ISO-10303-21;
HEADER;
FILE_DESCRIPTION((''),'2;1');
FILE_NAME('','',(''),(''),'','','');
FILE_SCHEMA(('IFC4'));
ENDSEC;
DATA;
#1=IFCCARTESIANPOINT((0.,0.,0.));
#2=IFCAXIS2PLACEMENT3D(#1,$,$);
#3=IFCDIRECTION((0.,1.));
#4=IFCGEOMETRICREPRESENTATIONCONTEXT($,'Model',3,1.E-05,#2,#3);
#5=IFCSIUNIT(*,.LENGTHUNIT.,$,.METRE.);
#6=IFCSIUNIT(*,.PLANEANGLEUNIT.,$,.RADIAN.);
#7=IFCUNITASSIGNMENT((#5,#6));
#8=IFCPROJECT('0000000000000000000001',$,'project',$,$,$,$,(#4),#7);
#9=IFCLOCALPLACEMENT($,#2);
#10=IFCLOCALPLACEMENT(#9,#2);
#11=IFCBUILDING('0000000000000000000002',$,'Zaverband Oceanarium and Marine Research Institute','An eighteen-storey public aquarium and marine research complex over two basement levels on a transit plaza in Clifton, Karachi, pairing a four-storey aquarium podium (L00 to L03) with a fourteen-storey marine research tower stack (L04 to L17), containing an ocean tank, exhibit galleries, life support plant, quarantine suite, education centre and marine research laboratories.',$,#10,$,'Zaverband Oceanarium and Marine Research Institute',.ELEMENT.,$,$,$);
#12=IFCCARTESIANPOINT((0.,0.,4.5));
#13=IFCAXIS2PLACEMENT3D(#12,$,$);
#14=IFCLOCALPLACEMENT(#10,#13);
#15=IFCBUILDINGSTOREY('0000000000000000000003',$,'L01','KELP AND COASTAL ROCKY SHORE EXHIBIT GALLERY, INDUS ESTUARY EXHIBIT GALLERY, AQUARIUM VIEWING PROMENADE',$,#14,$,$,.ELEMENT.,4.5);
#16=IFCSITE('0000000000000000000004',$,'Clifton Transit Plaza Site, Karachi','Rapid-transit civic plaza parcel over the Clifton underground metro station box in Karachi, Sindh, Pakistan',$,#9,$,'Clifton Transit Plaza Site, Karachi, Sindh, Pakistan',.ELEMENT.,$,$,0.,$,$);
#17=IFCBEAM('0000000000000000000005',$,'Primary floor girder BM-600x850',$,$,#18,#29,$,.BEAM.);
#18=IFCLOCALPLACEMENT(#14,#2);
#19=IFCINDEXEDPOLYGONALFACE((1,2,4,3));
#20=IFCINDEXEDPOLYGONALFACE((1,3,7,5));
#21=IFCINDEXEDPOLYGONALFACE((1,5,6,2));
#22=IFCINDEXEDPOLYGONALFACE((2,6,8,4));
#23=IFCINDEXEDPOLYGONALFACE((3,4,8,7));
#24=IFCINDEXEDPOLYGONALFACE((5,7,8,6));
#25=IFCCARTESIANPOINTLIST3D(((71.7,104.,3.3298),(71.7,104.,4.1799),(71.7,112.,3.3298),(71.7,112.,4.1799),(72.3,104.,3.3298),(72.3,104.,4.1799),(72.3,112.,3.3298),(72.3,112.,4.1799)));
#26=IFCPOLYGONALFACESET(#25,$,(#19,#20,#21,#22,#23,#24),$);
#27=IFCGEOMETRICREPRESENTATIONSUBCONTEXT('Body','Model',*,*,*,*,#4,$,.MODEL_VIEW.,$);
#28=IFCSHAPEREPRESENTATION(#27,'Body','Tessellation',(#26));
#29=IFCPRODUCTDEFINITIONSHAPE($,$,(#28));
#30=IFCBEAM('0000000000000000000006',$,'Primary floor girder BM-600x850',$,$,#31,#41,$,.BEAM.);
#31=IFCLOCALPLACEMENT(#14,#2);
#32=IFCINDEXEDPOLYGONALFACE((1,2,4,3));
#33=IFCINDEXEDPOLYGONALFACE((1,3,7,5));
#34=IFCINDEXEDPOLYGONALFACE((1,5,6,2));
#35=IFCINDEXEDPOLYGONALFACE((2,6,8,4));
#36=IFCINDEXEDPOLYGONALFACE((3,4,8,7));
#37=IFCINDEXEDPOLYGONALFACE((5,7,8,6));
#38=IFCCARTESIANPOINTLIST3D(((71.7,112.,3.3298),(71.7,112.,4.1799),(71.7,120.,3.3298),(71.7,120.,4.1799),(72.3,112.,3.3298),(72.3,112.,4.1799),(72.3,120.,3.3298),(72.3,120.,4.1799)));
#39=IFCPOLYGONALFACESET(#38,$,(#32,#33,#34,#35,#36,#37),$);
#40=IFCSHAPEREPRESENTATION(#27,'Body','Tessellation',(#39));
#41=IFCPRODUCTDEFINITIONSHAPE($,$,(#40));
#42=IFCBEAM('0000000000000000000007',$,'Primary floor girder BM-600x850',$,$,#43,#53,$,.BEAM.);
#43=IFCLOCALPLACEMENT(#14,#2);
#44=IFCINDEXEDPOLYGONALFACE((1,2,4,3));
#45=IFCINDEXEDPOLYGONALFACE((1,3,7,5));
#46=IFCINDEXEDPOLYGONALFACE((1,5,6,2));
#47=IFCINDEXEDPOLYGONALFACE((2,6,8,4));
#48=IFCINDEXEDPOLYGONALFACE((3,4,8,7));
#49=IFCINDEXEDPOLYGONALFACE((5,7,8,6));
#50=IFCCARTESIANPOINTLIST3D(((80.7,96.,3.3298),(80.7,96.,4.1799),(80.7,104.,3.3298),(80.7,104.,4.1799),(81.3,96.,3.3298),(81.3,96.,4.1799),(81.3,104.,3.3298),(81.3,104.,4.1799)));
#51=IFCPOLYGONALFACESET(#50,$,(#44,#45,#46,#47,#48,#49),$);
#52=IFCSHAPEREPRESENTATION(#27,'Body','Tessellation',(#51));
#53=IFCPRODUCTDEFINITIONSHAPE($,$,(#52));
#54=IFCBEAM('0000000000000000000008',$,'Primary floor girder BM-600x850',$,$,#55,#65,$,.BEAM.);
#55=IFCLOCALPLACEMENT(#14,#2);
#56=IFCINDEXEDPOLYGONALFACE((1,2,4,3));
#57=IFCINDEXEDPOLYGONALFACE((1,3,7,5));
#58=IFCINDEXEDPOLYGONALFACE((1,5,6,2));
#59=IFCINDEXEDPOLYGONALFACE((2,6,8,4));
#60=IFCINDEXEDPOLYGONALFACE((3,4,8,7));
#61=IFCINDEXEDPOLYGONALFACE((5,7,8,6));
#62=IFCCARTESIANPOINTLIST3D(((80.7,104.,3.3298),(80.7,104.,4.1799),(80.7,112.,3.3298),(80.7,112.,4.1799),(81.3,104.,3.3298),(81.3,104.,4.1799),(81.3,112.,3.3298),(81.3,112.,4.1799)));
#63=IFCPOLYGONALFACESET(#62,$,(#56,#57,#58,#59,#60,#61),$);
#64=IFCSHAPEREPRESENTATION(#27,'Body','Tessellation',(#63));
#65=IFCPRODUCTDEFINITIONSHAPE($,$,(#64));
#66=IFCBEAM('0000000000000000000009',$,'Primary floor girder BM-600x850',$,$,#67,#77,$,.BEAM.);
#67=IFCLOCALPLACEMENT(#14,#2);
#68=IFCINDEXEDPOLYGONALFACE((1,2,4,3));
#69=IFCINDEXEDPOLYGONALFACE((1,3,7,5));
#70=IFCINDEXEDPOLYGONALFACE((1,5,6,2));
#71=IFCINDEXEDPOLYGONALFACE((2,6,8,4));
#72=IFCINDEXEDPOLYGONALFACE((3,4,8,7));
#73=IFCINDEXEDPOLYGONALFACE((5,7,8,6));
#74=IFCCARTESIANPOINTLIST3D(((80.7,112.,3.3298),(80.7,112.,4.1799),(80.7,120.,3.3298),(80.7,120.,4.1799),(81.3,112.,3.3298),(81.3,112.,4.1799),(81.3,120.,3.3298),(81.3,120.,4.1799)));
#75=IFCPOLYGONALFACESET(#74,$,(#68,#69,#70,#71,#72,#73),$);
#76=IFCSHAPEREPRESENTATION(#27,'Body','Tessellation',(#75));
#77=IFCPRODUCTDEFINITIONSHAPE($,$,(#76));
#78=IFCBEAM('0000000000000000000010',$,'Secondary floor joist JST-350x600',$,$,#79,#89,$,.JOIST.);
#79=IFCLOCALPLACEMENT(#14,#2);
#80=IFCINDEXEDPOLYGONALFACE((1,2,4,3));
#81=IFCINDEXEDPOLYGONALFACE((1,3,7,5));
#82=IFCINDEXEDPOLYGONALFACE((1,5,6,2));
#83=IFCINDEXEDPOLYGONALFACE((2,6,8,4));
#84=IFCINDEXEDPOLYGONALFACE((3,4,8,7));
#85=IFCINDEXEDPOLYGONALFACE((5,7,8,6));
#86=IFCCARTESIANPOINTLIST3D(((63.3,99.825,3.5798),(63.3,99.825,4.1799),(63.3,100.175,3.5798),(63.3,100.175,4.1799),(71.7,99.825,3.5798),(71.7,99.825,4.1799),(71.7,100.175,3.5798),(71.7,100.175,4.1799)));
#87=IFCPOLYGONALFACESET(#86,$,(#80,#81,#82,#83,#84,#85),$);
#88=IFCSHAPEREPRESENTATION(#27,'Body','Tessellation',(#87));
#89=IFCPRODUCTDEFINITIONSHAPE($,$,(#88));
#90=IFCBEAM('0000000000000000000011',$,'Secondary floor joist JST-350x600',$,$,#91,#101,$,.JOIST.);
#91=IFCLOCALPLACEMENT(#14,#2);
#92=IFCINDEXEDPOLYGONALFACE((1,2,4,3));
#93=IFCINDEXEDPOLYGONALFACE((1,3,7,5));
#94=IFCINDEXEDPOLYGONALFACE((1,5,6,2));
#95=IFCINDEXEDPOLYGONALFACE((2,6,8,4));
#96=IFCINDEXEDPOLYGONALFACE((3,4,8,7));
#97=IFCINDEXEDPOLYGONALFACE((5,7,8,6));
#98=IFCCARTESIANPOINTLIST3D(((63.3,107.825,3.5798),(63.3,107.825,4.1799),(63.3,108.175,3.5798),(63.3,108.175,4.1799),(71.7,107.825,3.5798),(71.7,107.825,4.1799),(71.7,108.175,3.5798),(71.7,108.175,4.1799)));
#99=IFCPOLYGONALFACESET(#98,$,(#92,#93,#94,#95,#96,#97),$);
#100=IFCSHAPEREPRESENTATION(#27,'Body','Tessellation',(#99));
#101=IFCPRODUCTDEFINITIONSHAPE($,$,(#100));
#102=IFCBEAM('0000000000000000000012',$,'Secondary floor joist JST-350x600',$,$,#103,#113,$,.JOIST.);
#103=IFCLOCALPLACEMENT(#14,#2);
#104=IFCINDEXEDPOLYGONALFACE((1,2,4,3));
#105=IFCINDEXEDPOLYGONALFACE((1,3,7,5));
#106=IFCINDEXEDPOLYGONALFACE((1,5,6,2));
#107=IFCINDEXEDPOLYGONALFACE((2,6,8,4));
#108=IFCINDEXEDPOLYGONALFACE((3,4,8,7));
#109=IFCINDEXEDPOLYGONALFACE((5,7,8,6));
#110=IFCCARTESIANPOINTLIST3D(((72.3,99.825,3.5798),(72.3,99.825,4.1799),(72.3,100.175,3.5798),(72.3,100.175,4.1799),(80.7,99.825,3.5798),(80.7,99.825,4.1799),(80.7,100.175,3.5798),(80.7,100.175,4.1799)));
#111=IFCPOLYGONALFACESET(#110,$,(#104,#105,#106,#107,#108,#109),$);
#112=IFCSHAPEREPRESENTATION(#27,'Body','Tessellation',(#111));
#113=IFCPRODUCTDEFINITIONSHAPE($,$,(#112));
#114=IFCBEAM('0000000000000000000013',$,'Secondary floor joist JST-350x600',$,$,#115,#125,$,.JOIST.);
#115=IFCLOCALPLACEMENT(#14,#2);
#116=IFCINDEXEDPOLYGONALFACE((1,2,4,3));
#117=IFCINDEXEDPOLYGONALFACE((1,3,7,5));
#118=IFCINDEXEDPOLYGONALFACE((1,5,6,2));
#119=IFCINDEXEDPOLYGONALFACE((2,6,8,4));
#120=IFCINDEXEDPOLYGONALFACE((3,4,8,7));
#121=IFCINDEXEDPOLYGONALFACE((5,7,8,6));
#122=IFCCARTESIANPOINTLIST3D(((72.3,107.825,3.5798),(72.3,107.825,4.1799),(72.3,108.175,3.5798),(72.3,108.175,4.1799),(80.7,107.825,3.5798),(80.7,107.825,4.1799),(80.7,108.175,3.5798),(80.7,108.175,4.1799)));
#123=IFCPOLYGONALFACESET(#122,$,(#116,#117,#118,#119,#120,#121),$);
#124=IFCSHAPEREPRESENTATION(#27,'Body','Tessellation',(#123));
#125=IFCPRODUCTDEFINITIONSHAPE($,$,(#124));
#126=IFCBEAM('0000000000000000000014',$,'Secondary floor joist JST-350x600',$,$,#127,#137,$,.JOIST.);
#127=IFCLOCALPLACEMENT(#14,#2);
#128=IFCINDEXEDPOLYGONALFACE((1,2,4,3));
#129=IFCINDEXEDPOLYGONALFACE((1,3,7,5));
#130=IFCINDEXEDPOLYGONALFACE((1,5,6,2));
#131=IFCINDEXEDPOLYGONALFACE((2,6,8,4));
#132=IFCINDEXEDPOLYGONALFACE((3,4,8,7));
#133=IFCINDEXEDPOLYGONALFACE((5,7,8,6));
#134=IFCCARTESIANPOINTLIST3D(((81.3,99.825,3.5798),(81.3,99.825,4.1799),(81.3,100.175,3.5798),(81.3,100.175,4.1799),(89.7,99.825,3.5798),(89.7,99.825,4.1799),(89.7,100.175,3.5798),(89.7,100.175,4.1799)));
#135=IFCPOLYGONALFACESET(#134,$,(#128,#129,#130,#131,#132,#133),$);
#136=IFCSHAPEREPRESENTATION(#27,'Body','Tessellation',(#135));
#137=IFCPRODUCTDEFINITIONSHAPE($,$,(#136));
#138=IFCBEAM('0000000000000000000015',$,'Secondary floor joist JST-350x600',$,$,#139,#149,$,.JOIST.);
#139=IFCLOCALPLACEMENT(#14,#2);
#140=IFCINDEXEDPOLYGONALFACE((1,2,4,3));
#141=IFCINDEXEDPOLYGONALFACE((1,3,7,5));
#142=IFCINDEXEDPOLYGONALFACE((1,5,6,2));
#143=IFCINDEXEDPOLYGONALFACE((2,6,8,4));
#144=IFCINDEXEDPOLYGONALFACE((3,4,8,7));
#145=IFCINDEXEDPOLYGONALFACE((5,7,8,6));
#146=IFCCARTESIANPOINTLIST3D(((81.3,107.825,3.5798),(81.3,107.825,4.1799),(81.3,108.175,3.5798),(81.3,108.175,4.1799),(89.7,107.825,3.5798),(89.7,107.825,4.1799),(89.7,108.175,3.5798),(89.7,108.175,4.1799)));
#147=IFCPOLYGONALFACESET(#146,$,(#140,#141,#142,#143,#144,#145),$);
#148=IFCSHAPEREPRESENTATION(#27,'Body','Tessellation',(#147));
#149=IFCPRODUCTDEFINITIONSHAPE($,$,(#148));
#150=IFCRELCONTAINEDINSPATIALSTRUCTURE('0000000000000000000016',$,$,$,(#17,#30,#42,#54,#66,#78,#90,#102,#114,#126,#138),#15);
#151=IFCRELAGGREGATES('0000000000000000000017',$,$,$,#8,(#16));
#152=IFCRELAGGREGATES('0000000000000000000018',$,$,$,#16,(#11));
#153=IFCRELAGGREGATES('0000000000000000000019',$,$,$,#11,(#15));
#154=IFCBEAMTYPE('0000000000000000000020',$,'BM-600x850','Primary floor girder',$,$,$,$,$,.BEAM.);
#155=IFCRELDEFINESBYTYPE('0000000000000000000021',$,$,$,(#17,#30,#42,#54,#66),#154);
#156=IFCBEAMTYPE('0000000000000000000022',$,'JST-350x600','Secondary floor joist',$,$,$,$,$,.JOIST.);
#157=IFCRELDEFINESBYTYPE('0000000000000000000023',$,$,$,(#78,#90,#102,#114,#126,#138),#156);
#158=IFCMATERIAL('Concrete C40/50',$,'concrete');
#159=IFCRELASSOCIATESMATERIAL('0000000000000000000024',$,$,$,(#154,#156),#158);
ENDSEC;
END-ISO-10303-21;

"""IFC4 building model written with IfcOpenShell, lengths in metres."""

from ifc_helpers import new_model, si_unit, direction, frame, origin, origin_2d, place, context, subcontext, project, spatial, rectangle, extrude, material, material_profile, profile_set, type_object, element, save


model = new_model("IFC4")

# Units and contexts
model_context = context("Model", 3, precision=1e-05, world=origin(), true_north=direction((0.0, 1.0)))
body_context = subcontext(model_context, "Body", "Model", "MODEL_VIEW")
ifc_project = project(units=[si_unit("LENGTHUNIT", "METRE"), si_unit("PLANEANGLEUNIT", "RADIAN")], contexts=[model_context])

# Site, building, storey
site_placement = place(None, origin())
site = spatial("IfcSite", under=ifc_project, at=site_placement, Name="Clifton Transit Plaza Site, Karachi", Description="Rapid-transit civic plaza parcel over the Clifton underground metro station box in Karachi, Sindh, Pakistan", LongName="Clifton Transit Plaza Site, Karachi, Sindh, Pakistan", CompositionType="ELEMENT", RefElevation=0.0)
building_placement = place(site_placement, origin())
building = spatial("IfcBuilding", under=site, at=building_placement, Name="Zaverband Oceanarium and Marine Research Institute", Description="An eighteen-storey public aquarium and marine research complex over two basement levels on a transit plaza in Clifton, Karachi, pairing a four-storey aquarium podium (L00 to L03) with a fourteen-storey marine research tower stack (L04 to L17), containing an ocean tank, exhibit galleries, life support plant, quarantine suite, education centre and marine research laboratories.", LongName="Zaverband Oceanarium and Marine Research Institute", CompositionType="ELEMENT")
storey_placement = place(building_placement, frame((0.0, 0.0, 4.5)))
storey = spatial("IfcBuildingStorey", under=building, at=storey_placement, Name="L01", Description="KELP AND COASTAL ROCKY SHORE EXHIBIT GALLERY, INDUS ESTUARY EXHIBIT GALLERY, AQUARIUM VIEWING PROMENADE", CompositionType="ELEMENT", Elevation=4.5)

# Beams
ifc_material_1 = material(Name="Concrete C40/50", Category="concrete")
ifc_material_profile_1 = material_profile(ifc_material_1, rectangle(XDim=0.6001, YDim=0.8501, at=origin_2d()), Name="RC600x850")
ifc_profile_set_1 = profile_set([ifc_material_profile_1], Name="Concrete C40/50")
beam_type_1 = type_object("IfcBeamType", Name="BM-600x850", Description="Primary floor girder", PredefinedType="BEAM", material=ifc_profile_set_1)
for number, where, z_axis, x_axis, name in (
    (1, (72.0, 104.0, 3.7549), (0.0, 1.0, 0.0), (-1.0, 0.0, 0.0), "Primary floor girder BM-600x850"),
    (2, (72.0, 112.0, 3.7549), (0.0, 1.0, 0.0), (-1.0, 0.0, 0.0), "Primary floor girder BM-600x850"),
    (3, (81.0, 96.0, 3.7549), (0.0, 1.0, 0.0), (-1.0, 0.0, 0.0), "Primary floor girder BM-600x850"),
    (4, (81.0, 104.0, 3.7549), (0.0, 1.0, 0.0), (-1.0, 0.0, 0.0), "Primary floor girder BM-600x850"),
    (5, (81.0, 112.0, 3.7549), (0.0, 1.0, 0.0), (-1.0, 0.0, 0.0), "Primary floor girder BM-600x850"),
):
    element("IfcBeam", number, at=place(storey_placement, frame(where, z_axis=z_axis, x_axis=x_axis)), inside=storey, type_object=beam_type_1, Name=name, PredefinedType="BEAM", context=body_context, shape_type="SweptSolid", body=[
        extrude(rectangle(XDim=0.6001, YDim=0.8501, at=origin_2d()), origin(), (0.0, 0.0, 1.0), 8.0),
    ])
ifc_material_profile_2 = material_profile(ifc_material_1, rectangle(XDim=0.3501, YDim=0.6001, at=origin_2d()), Name="RC350x600")
ifc_profile_set_2 = profile_set([ifc_material_profile_2], Name="Concrete C40/50")
beam_type_2 = type_object("IfcBeamType", Name="JST-350x600", Description="Secondary floor joist", PredefinedType="JOIST", material=ifc_profile_set_2)
for number, where, z_axis, x_axis, name in (
    (6, (63.3, 100.0, 3.8799), (1.0, 0.0, 0.0), (0.0, 1.0, 0.0), "Secondary floor joist JST-350x600"),
    (7, (63.3, 108.0, 3.8799), (1.0, 0.0, 0.0), (0.0, 1.0, 0.0), "Secondary floor joist JST-350x600"),
    (8, (72.3, 100.0, 3.8799), (1.0, 0.0, 0.0), (0.0, 1.0, 0.0), "Secondary floor joist JST-350x600"),
    (9, (72.3, 108.0, 3.8799), (1.0, 0.0, 0.0), (0.0, 1.0, 0.0), "Secondary floor joist JST-350x600"),
    (10, (81.3, 100.0, 3.8799), (1.0, 0.0, 0.0), (0.0, 1.0, 0.0), "Secondary floor joist JST-350x600"),
    (11, (81.3, 108.0, 3.8799), (1.0, 0.0, 0.0), (0.0, 1.0, 0.0), "Secondary floor joist JST-350x600"),
):
    element("IfcBeam", number, at=place(storey_placement, frame(where, z_axis=z_axis, x_axis=x_axis)), inside=storey, type_object=beam_type_2, Name=name, PredefinedType="JOIST", context=body_context, shape_type="SweptSolid", body=[
        extrude(rectangle(XDim=0.3501, YDim=0.6001, at=origin_2d()), origin(), (0.0, 0.0, 1.0), 8.3999),
    ])

save(model, "model.ifc")
